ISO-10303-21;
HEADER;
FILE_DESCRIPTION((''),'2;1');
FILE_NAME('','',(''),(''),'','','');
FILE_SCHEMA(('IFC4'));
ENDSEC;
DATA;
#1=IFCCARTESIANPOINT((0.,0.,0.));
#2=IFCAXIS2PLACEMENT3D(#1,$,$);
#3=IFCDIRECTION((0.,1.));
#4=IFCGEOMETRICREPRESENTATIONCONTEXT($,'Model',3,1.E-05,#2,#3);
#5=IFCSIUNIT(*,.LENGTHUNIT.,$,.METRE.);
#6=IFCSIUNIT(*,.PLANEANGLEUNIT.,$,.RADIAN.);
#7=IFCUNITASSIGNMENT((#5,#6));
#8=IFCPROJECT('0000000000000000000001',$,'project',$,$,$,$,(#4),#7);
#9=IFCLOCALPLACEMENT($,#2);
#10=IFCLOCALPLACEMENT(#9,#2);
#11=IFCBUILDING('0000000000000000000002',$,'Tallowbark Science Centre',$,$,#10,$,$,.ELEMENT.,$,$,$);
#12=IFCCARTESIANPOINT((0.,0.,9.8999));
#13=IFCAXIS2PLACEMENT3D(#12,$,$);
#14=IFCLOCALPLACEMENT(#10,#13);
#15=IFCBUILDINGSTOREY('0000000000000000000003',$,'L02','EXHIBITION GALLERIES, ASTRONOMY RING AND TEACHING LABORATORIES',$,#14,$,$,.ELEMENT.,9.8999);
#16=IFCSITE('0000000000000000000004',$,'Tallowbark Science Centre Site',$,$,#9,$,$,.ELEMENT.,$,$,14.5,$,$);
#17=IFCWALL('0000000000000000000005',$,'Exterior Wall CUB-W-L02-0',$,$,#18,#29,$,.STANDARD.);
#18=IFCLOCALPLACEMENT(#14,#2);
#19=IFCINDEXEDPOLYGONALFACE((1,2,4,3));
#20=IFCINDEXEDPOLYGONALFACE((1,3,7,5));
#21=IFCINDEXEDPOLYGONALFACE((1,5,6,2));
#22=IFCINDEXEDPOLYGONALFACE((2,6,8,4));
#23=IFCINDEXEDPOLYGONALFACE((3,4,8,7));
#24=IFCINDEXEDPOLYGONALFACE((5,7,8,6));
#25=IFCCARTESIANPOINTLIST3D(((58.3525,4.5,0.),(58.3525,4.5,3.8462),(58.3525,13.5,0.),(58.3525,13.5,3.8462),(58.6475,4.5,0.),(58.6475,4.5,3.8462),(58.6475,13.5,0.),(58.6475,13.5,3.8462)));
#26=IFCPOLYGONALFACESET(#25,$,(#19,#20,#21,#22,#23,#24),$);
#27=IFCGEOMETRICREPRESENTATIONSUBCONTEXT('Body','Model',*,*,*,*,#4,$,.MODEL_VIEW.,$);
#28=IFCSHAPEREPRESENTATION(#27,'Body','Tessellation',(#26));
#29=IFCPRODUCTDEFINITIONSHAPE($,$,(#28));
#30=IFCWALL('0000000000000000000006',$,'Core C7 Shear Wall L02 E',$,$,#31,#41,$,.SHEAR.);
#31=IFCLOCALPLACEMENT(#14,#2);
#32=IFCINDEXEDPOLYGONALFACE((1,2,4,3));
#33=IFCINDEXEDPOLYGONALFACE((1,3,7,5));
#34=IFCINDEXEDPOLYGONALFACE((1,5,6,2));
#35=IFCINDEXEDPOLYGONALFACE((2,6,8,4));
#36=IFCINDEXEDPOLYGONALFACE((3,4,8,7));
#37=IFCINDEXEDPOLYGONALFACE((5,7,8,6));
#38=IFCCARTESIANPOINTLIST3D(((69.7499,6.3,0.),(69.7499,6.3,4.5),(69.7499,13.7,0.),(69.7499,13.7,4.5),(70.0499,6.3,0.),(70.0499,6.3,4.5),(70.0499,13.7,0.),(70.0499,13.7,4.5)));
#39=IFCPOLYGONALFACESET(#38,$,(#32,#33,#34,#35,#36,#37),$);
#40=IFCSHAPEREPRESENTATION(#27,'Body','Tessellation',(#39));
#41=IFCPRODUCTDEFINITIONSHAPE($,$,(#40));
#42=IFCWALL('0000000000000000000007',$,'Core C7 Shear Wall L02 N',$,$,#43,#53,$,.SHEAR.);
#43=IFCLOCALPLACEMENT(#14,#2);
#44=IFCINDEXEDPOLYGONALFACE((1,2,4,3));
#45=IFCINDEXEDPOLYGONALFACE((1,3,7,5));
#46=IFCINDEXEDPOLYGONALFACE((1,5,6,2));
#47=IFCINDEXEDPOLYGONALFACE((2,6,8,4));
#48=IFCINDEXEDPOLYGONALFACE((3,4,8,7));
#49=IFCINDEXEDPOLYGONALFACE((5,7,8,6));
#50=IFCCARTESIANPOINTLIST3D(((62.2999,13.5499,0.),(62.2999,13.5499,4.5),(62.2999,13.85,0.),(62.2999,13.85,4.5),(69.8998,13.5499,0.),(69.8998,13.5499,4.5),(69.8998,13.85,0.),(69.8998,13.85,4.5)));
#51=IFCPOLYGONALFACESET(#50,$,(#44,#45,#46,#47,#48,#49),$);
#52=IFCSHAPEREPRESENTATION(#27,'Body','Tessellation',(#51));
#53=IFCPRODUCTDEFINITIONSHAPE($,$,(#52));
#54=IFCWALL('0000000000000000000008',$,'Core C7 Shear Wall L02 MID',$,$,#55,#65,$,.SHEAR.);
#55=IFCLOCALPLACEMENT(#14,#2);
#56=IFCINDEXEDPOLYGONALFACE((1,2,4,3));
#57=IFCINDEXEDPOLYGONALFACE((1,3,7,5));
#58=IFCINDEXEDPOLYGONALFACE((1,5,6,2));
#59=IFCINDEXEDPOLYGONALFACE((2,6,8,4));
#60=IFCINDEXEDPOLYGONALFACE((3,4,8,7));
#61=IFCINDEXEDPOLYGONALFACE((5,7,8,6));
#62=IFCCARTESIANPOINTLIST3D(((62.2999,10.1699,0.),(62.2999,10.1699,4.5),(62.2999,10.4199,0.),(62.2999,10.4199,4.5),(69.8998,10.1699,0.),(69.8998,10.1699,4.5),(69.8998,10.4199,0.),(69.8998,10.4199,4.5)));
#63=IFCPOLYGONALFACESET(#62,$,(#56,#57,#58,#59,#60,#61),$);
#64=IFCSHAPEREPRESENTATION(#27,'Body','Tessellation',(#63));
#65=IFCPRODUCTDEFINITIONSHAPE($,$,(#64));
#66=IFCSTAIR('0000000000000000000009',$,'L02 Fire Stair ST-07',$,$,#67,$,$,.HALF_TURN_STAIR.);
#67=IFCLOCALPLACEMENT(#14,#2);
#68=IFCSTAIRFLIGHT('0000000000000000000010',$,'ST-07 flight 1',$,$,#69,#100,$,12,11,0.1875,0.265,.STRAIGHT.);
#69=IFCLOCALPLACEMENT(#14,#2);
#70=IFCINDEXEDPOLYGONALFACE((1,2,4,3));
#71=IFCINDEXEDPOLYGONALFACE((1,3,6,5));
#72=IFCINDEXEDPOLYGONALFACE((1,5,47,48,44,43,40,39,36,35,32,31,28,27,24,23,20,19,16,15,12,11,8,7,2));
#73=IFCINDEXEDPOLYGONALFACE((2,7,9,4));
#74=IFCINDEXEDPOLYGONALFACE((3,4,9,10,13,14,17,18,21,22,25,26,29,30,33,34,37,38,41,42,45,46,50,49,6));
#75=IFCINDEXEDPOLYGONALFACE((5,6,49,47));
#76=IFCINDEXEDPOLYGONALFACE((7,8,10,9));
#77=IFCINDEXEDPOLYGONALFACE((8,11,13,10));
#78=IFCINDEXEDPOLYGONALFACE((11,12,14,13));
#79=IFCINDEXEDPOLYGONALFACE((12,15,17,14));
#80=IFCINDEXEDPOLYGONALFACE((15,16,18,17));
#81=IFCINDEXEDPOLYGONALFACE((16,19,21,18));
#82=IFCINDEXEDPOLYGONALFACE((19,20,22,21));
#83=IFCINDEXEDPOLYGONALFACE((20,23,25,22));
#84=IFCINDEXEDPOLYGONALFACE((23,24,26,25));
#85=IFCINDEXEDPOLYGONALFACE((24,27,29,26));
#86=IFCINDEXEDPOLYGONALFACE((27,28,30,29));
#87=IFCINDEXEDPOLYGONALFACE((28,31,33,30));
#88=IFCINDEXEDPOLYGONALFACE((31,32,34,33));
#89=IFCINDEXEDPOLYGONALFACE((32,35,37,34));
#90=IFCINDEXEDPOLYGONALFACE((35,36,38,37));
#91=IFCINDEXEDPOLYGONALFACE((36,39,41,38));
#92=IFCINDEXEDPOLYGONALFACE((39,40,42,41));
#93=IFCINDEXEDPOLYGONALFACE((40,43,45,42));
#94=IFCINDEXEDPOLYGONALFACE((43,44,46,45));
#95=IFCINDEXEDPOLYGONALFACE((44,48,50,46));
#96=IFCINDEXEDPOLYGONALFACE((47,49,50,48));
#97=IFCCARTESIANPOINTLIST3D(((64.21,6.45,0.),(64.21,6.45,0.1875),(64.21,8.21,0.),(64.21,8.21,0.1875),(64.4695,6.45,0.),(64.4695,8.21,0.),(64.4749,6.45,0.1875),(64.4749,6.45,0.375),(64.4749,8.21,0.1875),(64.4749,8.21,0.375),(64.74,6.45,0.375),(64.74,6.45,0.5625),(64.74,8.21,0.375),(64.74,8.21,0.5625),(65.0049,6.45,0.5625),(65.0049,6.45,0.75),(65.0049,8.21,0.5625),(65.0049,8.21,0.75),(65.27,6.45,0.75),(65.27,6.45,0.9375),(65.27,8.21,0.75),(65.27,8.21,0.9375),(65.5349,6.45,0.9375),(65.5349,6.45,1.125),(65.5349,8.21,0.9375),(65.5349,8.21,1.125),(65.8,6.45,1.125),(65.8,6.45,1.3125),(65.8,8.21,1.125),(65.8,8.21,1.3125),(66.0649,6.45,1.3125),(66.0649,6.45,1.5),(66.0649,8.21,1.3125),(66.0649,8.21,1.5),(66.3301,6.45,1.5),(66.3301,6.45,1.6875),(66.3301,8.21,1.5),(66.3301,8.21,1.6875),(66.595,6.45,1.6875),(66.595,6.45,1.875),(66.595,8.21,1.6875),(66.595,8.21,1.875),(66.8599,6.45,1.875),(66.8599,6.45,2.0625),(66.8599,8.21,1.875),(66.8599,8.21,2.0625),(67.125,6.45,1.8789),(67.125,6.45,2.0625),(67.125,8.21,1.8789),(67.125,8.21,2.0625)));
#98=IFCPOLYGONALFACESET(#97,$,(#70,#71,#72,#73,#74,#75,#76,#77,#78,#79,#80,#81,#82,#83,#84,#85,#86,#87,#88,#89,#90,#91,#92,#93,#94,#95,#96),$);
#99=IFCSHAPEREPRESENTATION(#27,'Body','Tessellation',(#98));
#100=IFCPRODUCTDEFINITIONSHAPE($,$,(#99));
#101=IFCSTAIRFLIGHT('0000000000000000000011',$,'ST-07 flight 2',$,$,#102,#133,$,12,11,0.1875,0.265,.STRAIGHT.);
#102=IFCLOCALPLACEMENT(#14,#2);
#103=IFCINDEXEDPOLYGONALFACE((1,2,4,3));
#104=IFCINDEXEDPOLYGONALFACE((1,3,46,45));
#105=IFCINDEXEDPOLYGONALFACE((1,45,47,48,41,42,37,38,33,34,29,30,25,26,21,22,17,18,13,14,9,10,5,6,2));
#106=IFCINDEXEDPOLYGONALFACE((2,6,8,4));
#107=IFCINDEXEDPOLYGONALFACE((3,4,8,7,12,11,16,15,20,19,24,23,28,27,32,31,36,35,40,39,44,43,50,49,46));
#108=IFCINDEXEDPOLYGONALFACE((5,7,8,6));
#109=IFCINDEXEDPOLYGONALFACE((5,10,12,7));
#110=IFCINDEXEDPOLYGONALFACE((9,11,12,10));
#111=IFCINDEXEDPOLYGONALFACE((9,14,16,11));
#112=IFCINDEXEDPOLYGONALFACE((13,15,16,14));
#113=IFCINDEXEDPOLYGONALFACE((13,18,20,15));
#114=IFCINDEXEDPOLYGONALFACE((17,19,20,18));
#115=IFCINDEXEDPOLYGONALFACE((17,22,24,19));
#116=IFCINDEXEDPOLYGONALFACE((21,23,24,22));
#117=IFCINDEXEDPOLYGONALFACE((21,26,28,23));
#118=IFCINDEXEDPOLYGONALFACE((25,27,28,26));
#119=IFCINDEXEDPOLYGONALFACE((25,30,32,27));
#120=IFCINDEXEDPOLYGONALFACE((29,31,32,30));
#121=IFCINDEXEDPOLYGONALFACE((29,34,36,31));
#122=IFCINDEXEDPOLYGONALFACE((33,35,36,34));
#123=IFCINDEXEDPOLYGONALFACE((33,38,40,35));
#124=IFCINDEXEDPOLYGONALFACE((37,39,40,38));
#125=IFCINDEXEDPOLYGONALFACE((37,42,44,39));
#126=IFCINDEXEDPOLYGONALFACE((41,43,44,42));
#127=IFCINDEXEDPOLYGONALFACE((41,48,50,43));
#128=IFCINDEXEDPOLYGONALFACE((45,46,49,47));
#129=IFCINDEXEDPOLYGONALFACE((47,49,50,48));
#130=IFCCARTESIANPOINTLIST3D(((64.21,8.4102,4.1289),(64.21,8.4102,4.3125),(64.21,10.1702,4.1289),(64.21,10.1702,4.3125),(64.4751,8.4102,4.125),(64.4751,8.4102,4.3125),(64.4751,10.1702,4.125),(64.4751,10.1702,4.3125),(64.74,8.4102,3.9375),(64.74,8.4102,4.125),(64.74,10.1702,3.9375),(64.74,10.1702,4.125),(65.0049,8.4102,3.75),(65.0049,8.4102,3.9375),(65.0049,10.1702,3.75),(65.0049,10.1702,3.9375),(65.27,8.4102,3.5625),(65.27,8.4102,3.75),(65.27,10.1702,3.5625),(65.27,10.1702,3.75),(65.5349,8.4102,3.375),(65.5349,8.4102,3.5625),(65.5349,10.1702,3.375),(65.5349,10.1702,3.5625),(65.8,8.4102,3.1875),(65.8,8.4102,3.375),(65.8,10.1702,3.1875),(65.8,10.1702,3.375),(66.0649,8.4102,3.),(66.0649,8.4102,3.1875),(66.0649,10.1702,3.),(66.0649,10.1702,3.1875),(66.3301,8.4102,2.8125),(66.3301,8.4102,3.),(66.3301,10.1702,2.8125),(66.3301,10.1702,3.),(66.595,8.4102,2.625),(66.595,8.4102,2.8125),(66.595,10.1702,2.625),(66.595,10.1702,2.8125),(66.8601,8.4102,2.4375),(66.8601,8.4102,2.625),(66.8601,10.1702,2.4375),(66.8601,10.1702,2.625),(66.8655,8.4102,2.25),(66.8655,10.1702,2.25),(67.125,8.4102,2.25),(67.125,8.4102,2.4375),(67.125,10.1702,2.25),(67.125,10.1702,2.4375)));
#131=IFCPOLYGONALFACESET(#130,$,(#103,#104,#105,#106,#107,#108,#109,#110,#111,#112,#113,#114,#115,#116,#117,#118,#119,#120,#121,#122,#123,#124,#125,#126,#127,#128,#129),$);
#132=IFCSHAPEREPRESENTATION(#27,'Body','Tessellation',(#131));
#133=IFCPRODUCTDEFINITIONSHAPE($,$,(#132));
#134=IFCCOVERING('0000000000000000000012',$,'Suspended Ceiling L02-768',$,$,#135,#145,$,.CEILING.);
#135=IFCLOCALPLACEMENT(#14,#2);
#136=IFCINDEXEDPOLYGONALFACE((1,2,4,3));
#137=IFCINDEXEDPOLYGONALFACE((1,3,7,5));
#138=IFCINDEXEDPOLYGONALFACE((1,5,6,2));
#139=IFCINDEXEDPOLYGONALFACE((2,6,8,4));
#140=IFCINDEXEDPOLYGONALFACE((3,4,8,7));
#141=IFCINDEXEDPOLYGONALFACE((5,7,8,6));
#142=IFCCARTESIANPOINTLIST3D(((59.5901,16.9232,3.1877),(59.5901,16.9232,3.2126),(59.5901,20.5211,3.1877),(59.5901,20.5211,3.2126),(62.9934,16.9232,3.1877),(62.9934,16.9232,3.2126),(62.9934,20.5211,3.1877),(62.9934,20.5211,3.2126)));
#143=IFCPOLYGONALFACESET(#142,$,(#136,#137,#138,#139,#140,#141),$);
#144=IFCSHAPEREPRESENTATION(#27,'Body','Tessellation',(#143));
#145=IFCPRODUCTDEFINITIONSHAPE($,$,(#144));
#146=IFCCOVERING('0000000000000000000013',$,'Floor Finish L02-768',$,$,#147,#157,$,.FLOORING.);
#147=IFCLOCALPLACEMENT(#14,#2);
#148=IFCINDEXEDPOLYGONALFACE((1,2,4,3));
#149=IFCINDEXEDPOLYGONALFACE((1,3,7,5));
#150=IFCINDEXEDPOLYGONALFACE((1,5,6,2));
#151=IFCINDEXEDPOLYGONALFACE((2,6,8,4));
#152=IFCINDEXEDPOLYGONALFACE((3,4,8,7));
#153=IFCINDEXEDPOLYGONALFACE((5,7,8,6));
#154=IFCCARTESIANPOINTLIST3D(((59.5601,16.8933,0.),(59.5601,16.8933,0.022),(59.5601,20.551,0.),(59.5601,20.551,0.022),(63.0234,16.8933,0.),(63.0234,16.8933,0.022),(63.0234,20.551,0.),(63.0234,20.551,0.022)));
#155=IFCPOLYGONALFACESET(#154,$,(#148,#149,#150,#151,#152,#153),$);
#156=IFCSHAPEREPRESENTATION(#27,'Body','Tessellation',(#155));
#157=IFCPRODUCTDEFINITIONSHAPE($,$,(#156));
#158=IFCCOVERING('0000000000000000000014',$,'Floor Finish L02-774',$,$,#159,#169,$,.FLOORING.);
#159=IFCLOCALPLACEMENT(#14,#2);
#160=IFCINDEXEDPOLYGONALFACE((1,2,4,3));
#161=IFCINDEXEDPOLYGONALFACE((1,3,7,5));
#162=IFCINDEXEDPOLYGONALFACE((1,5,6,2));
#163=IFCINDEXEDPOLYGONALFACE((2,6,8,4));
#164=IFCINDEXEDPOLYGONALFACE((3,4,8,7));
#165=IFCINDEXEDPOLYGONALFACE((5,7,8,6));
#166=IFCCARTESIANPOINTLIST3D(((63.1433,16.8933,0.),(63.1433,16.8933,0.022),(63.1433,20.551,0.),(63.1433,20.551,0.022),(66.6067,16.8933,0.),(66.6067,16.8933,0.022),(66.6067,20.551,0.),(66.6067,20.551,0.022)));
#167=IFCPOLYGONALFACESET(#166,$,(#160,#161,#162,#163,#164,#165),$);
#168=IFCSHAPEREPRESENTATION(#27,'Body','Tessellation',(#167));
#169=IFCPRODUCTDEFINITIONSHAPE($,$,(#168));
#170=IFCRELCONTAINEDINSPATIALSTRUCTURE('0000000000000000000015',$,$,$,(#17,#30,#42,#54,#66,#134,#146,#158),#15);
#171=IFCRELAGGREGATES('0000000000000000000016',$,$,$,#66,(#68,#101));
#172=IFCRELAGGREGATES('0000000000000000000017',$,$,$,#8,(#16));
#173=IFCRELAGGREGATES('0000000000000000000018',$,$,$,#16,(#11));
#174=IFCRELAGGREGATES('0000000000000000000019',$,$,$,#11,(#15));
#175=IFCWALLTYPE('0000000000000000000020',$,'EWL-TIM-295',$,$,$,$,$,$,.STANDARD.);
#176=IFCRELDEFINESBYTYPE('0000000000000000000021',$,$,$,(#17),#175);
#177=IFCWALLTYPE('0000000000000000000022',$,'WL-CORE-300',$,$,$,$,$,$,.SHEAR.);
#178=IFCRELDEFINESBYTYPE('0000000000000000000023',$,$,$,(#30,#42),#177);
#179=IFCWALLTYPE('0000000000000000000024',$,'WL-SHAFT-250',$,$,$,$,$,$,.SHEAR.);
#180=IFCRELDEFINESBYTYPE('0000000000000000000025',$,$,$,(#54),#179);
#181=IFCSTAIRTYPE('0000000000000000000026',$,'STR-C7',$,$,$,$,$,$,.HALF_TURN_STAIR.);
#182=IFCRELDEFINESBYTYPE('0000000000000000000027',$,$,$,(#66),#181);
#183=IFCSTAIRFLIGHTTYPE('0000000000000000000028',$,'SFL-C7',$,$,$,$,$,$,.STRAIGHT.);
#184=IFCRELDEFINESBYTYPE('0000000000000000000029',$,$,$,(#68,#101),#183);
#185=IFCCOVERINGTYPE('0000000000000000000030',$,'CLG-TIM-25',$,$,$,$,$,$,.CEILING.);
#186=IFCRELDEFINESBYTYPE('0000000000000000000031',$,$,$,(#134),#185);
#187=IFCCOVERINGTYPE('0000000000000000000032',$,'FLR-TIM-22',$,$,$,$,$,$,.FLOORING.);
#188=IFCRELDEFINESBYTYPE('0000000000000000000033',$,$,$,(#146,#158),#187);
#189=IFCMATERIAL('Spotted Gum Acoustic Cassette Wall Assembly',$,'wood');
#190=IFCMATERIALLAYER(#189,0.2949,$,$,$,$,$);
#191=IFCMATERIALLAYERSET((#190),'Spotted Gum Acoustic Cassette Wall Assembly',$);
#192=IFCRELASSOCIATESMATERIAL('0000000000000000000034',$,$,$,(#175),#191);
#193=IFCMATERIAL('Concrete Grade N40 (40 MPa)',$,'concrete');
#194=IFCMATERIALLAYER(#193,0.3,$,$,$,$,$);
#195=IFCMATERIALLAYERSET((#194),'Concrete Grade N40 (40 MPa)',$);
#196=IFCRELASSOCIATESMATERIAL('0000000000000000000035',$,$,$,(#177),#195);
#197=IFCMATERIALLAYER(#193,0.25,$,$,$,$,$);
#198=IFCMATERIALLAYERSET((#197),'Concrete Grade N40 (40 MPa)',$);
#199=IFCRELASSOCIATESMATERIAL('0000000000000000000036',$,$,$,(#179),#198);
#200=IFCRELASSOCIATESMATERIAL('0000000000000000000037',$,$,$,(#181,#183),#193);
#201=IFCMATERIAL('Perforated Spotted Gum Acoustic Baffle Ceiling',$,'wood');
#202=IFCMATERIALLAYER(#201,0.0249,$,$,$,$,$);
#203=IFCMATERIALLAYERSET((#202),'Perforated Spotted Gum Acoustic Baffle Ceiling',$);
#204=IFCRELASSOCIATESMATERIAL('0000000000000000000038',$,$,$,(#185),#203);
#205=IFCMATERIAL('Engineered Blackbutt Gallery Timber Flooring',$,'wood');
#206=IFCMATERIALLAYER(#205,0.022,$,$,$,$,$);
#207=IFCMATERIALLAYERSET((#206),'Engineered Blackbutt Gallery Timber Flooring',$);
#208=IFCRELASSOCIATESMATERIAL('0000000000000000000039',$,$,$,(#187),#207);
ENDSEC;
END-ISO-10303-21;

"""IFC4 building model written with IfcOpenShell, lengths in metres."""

from ifc_helpers import new_model, si_unit, direction, frame, frame_2d, origin, origin_2d, place, context, subcontext, project, spatial, polyline, rectangle, outline, extrude, material, layer, layer_set, type_object, element, aggregate, save


model = new_model("IFC4")

# Units and contexts
model_context = context("Model", 3, precision=1e-05, world=origin(), true_north=direction((0.0, 1.0)))
body_context = subcontext(model_context, "Body", "Model", "MODEL_VIEW")
ifc_project = project(units=[si_unit("LENGTHUNIT", "METRE"), si_unit("PLANEANGLEUNIT", "RADIAN")], contexts=[model_context])

# Site, building, storey
site_placement = place(None, origin())
site = spatial("IfcSite", under=ifc_project, at=site_placement, Name="Tallowbark Science Centre Site", CompositionType="ELEMENT", RefElevation=14.5)
building_placement = place(site_placement, origin())
building = spatial("IfcBuilding", under=site, at=building_placement, Name="Tallowbark Science Centre", CompositionType="ELEMENT")
storey_placement = place(building_placement, frame((0.0, 0.0, 9.8999)))
storey = spatial("IfcBuildingStorey", under=building, at=storey_placement, Name="L02", Description="EXHIBITION GALLERIES, ASTRONOMY RING AND TEACHING LABORATORIES", CompositionType="ELEMENT", Elevation=9.8999)

# Shared definitions
ifc_material_1 = material(Name="Concrete Grade N40 (40 MPa)", Category="concrete")

# Walls
ifc_material_2 = material(Name="Spotted Gum Acoustic Cassette Wall Assembly", Category="wood")
ifc_layer_1 = layer(ifc_material_2, 0.2949)
ifc_layer_set_1 = layer_set([ifc_layer_1], Name="Spotted Gum Acoustic Cassette Wall Assembly")
wall_type_1 = type_object("IfcWallType", Name="EWL-TIM-295", PredefinedType="STANDARD", material=ifc_layer_set_1)
wall_1_placement = place(storey_placement, frame((58.5, 13.5, 0.0), z_axis=(0.0, 0.0, 1.0), x_axis=(0.0, -1.0, 0.0)))
element("IfcWall", 1, at=wall_1_placement, inside=storey, type_object=wall_type_1, Name="Exterior Wall CUB-W-L02-0", PredefinedType="STANDARD", context=body_context, shape_type="SweptSolid", body=[
    extrude(rectangle(XDim=9.0, YDim=0.2949, at=frame_2d((4.5, 0.0))), origin(), (0.0, 0.0, 1.0), 3.8462),
])
ifc_layer_2 = layer(ifc_material_1, 0.3)
ifc_layer_set_2 = layer_set([ifc_layer_2], Name="Concrete Grade N40 (40 MPa)")
wall_type_2 = type_object("IfcWallType", Name="WL-CORE-300", PredefinedType="SHEAR", material=ifc_layer_set_2)
wall_2_placement = place(storey_placement, frame((69.8999, 6.3, 0.0), z_axis=(0.0, 0.0, 1.0), x_axis=(0.0, 1.0, 0.0)))
element("IfcWall", 2, at=wall_2_placement, inside=storey, type_object=wall_type_2, Name="Core C7 Shear Wall L02 E", PredefinedType="SHEAR", context=body_context, shape_type="SweptSolid", body=[
    extrude(rectangle(XDim=7.3999, YDim=0.3, at=frame_2d((3.7, 0.0))), origin(), (0.0, 0.0, 1.0), 4.5),
])
wall_3_placement = place(storey_placement, frame((62.3, 13.7, 0.0), z_axis=(0.0, 0.0, 1.0), x_axis=(1.0, 0.0, 0.0)))
element("IfcWall", 3, at=wall_3_placement, inside=storey, type_object=wall_type_2, Name="Core C7 Shear Wall L02 N", PredefinedType="SHEAR", context=body_context, shape_type="SweptSolid", body=[
    extrude(rectangle(XDim=7.5999, YDim=0.3, at=frame_2d((3.7998, 0.0))), origin(), (0.0, 0.0, 1.0), 4.5),
])
ifc_layer_3 = layer(ifc_material_1, 0.25)
ifc_layer_set_3 = layer_set([ifc_layer_3], Name="Concrete Grade N40 (40 MPa)")
wall_type_3 = type_object("IfcWallType", Name="WL-SHAFT-250", PredefinedType="SHEAR", material=ifc_layer_set_3)
wall_4_placement = place(storey_placement, frame((62.3, 10.2949, 0.0), z_axis=(0.0, 0.0, 1.0), x_axis=(1.0, 0.0, 0.0)))
element("IfcWall", 4, at=wall_4_placement, inside=storey, type_object=wall_type_3, Name="Core C7 Shear Wall L02 MID", PredefinedType="SHEAR", context=body_context, shape_type="SweptSolid", body=[
    extrude(rectangle(XDim=7.5999, YDim=0.25, at=frame_2d((3.7998, 0.0))), origin(), (0.0, 0.0, 1.0), 4.5),
])

# Stair, stair flights
stair_type = type_object("IfcStairType", Name="STR-C7", PredefinedType="HALF_TURN_STAIR", material=ifc_material_1)
stair_placement = place(storey_placement, origin())
stair = element("IfcStair", 5, at=stair_placement, inside=storey, type_object=stair_type, Name="L02 Fire Stair ST-07", PredefinedType="HALF_TURN_STAIR")
stair_flight_type = type_object("IfcStairFlightType", Name="SFL-C7", PredefinedType="STRAIGHT", material=ifc_material_1)
stair_flight_1_placement = place(storey_placement, frame((64.21, 7.3301, 0.0), z_axis=(0.0, 0.0, 1.0), x_axis=(1.0, 0.0, 0.0)))
stair_flight_1 = element("IfcStairFlight", 6, at=stair_flight_1_placement, type_object=stair_flight_type, Name="ST-07 flight 1", NumberOfRisers=12, NumberOfTreads=11, PredefinedType="STRAIGHT", RiserHeight=0.1875, TreadLength=0.265, context=body_context, shape_type="SweptSolid", body=[
    extrude(outline(polyline([(0.0, 0.0), (0.0, 0.1875), (0.2649, 0.1875), (0.2649, 0.375), (0.53, 0.375), (0.53, 0.5625), (0.7949, 0.5625), (0.7949, 0.75), (1.0601, 0.75), (1.0601, 0.9375), (1.325, 0.9375), (1.325, 1.125), (1.5901, 1.125), (1.5901, 1.3125), (1.855, 1.3125), (1.855, 1.5), (2.1201, 1.5), (2.1201, 1.6875), (2.385, 1.6875), (2.385, 1.875), (2.6499, 1.875), (2.6499, 2.0625), (2.915, 2.0625), (2.915, 2.25), (2.915, 1.8789), (0.2595, 0.0), (0.0, 0.0)])), frame((0.0, 0.8799, 0.0), z_axis=(0.0, -1.0, 0.0), x_axis=(1.0, 0.0, 0.0)), (0.0, 0.0, 1.0), 1.76),
])
stair_flight_2_placement = place(storey_placement, frame((67.125, 9.29, 2.25), z_axis=(0.0, 0.0, 1.0), x_axis=(-1.0, 0.0, 0.0)))
stair_flight_2 = element("IfcStairFlight", 7, at=stair_flight_2_placement, type_object=stair_flight_type, Name="ST-07 flight 2", NumberOfRisers=12, NumberOfTreads=11, PredefinedType="STRAIGHT", RiserHeight=0.1875, TreadLength=0.265, context=body_context, shape_type="SweptSolid", body=[
    extrude(outline(polyline([(0.0, 0.0), (0.0, 0.1875), (0.2649, 0.1875), (0.2649, 0.375), (0.53, 0.375), (0.53, 0.5625), (0.7949, 0.5625), (0.7949, 0.75), (1.0601, 0.75), (1.0601, 0.9375), (1.325, 0.9375), (1.325, 1.125), (1.5901, 1.125), (1.5901, 1.3125), (1.855, 1.3125), (1.855, 1.5), (2.1201, 1.5), (2.1201, 1.6875), (2.385, 1.6875), (2.385, 1.875), (2.6499, 1.875), (2.6499, 2.0625), (2.915, 2.0625), (2.915, 2.25), (2.915, 1.8789), (0.2595, 0.0), (0.0, 0.0)])), frame((0.0, 0.8799, 0.0), z_axis=(0.0, -1.0, 0.0), x_axis=(1.0, 0.0, 0.0)), (0.0, 0.0, 1.0), 1.76),
])
aggregate(stair, [stair_flight_1, stair_flight_2])

# Coverings
ifc_material_3 = material(Name="Perforated Spotted Gum Acoustic Baffle Ceiling", Category="wood")
ifc_layer_4 = layer(ifc_material_3, 0.0249)
ifc_layer_set_4 = layer_set([ifc_layer_4], Name="Perforated Spotted Gum Acoustic Baffle Ceiling")
covering_type_1 = type_object("IfcCoveringType", Name="CLG-TIM-25", PredefinedType="CEILING", material=ifc_layer_set_4)
covering_placement = place(storey_placement, frame((61.2917, 18.7222, 3.1877), z_axis=(0.0, 0.0, 1.0), x_axis=(1.0, 0.0, 0.0)))
element("IfcCovering", 8, at=covering_placement, inside=storey, type_object=covering_type_1, Name="Suspended Ceiling L02-768", PredefinedType="CEILING", context=body_context, shape_type="SweptSolid", body=[
    extrude(rectangle(XDim=3.4033, YDim=3.5979, at=origin_2d()), origin(), (0.0, 0.0, 1.0), 0.0249),
])
ifc_material_4 = material(Name="Engineered Blackbutt Gallery Timber Flooring", Category="wood")
ifc_layer_5 = layer(ifc_material_4, 0.022)
ifc_layer_set_5 = layer_set([ifc_layer_5], Name="Engineered Blackbutt Gallery Timber Flooring")
covering_type_2 = type_object("IfcCoveringType", Name="FLR-TIM-22", PredefinedType="FLOORING", material=ifc_layer_set_5)
for number, where, z_axis, x_axis, name in (
    (9, (61.2917, 18.7222, 0.0), (0.0, 0.0, 1.0), (1.0, 0.0, 0.0), "Floor Finish L02-768"),
    (10, (64.875, 18.7222, 0.0), (0.0, 0.0, 1.0), (1.0, 0.0, 0.0), "Floor Finish L02-774"),
):
    element("IfcCovering", number, at=place(storey_placement, frame(where, z_axis=z_axis, x_axis=x_axis)), inside=storey, type_object=covering_type_2, Name=name, PredefinedType="FLOORING", context=body_context, shape_type="SweptSolid", body=[
        extrude(rectangle(XDim=3.4634, YDim=3.6577, at=origin_2d()), origin(), (0.0, 0.0, 1.0), 0.022),
    ])

save(model, "model.ifc")
